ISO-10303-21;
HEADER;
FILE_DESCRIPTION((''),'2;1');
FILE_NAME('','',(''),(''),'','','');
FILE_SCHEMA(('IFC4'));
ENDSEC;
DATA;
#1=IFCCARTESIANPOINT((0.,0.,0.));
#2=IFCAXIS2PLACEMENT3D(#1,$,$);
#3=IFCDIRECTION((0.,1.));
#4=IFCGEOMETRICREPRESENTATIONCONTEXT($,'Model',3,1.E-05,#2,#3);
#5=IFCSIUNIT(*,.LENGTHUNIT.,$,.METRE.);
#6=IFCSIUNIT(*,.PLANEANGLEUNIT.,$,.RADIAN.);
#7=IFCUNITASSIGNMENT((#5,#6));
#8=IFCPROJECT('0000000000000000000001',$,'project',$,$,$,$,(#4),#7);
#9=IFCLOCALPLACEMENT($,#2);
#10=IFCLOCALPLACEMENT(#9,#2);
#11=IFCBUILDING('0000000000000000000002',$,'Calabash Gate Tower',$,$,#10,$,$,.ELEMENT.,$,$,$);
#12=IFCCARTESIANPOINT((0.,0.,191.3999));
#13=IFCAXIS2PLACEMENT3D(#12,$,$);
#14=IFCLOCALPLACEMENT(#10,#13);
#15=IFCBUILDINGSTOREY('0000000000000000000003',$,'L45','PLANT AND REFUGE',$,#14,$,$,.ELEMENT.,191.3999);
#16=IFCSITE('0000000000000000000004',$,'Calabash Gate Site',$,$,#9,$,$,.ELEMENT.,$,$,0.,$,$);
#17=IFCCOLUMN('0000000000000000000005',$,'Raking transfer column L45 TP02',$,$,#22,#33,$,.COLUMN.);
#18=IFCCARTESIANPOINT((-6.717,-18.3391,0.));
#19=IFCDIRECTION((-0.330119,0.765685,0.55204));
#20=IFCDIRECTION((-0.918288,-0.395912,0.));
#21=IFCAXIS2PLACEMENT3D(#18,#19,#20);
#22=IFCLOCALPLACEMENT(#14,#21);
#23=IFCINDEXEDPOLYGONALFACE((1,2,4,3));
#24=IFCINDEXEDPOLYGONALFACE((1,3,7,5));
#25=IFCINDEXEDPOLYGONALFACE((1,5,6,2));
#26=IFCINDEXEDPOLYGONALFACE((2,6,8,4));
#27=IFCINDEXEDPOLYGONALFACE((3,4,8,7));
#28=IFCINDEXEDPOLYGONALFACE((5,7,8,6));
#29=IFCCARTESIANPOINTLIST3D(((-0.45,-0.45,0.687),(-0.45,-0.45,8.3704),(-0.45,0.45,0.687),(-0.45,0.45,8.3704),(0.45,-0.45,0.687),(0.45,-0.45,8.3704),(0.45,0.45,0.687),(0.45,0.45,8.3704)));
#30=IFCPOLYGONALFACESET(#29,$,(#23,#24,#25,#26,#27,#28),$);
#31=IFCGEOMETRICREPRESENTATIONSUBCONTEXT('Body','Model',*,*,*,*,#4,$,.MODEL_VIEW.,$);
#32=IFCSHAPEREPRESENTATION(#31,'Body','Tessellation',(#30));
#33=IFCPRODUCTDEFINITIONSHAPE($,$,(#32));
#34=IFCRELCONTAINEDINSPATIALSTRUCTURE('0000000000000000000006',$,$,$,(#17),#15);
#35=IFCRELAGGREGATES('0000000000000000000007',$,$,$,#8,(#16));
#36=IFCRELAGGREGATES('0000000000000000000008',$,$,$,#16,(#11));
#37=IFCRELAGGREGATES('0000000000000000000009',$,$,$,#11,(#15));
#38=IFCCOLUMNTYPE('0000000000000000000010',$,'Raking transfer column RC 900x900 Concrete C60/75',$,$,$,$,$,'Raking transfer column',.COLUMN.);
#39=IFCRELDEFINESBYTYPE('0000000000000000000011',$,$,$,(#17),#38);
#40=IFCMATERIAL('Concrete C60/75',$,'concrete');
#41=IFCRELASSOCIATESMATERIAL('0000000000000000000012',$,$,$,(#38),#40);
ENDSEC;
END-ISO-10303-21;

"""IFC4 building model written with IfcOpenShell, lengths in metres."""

from ifc_helpers import new_model, si_unit, direction, frame, origin, origin_2d, place, context, subcontext, project, spatial, rectangle, extrude, clip, halfspace, material, material_profile, profile_set, type_object, element, save


model = new_model("IFC4")

# Units and contexts
model_context = context("Model", 3, precision=1e-05, world=origin(), true_north=direction((0.0, 1.0)))
body_context = subcontext(model_context, "Body", "Model", "MODEL_VIEW")
ifc_project = project(units=[si_unit("LENGTHUNIT", "METRE"), si_unit("PLANEANGLEUNIT", "RADIAN")], contexts=[model_context])

# Site, building, storey
site_placement = place(None, origin())
site = spatial("IfcSite", under=ifc_project, at=site_placement, Name="Calabash Gate Site", CompositionType="ELEMENT", RefElevation=0.0)
building_placement = place(site_placement, origin())
building = spatial("IfcBuilding", under=site, at=building_placement, Name="Calabash Gate Tower", CompositionType="ELEMENT")
storey_placement = place(building_placement, frame((0.0, 0.0, 191.3999)))
storey = spatial("IfcBuildingStorey", under=building, at=storey_placement, Name="L45", Description="PLANT AND REFUGE", CompositionType="ELEMENT", Elevation=191.3999)

# Column
ifc_material_1 = material(Name="Concrete C60/75", Category="concrete")
ifc_material_profile_1 = material_profile(ifc_material_1, rectangle(XDim=0.8999, YDim=0.8999, at=origin_2d()))
ifc_profile_set_1 = profile_set([ifc_material_profile_1], Name="Concrete C60/75")
column_type = type_object("IfcColumnType", Name="Raking transfer column RC 900x900 Concrete C60/75", ElementType="Raking transfer column", PredefinedType="COLUMN", material=ifc_profile_set_1)
column_placement = place(storey_placement, frame((-6.717, -18.3391, 0.0), z_axis=(-0.330119, 0.765685, 0.55204), x_axis=(-0.918288, -0.395912, 0.0)))
element("IfcColumn", 1, at=column_placement, inside=storey, type_object=column_type, Name="Raking transfer column L45 TP02", PredefinedType="COLUMN", context=body_context, shape_type="Clipping", body=[
    clip(clip(extrude(rectangle(XDim=0.8999, YDim=0.8999, at=origin_2d()), origin(), (0.0, 0.0, 1.0), 9.0574), halfspace(frame((0.0, 0.0, 0.687), z_axis=(0.0, 0.0, 1.0), x_axis=(1.0, 0.0, 0.0)), True)), halfspace(frame((0.0, 0.0, 8.3704), z_axis=(0.0, 0.0, 1.0), x_axis=(1.0, 0.0, 0.0)), False)),
])

save(model, "model.ifc")
